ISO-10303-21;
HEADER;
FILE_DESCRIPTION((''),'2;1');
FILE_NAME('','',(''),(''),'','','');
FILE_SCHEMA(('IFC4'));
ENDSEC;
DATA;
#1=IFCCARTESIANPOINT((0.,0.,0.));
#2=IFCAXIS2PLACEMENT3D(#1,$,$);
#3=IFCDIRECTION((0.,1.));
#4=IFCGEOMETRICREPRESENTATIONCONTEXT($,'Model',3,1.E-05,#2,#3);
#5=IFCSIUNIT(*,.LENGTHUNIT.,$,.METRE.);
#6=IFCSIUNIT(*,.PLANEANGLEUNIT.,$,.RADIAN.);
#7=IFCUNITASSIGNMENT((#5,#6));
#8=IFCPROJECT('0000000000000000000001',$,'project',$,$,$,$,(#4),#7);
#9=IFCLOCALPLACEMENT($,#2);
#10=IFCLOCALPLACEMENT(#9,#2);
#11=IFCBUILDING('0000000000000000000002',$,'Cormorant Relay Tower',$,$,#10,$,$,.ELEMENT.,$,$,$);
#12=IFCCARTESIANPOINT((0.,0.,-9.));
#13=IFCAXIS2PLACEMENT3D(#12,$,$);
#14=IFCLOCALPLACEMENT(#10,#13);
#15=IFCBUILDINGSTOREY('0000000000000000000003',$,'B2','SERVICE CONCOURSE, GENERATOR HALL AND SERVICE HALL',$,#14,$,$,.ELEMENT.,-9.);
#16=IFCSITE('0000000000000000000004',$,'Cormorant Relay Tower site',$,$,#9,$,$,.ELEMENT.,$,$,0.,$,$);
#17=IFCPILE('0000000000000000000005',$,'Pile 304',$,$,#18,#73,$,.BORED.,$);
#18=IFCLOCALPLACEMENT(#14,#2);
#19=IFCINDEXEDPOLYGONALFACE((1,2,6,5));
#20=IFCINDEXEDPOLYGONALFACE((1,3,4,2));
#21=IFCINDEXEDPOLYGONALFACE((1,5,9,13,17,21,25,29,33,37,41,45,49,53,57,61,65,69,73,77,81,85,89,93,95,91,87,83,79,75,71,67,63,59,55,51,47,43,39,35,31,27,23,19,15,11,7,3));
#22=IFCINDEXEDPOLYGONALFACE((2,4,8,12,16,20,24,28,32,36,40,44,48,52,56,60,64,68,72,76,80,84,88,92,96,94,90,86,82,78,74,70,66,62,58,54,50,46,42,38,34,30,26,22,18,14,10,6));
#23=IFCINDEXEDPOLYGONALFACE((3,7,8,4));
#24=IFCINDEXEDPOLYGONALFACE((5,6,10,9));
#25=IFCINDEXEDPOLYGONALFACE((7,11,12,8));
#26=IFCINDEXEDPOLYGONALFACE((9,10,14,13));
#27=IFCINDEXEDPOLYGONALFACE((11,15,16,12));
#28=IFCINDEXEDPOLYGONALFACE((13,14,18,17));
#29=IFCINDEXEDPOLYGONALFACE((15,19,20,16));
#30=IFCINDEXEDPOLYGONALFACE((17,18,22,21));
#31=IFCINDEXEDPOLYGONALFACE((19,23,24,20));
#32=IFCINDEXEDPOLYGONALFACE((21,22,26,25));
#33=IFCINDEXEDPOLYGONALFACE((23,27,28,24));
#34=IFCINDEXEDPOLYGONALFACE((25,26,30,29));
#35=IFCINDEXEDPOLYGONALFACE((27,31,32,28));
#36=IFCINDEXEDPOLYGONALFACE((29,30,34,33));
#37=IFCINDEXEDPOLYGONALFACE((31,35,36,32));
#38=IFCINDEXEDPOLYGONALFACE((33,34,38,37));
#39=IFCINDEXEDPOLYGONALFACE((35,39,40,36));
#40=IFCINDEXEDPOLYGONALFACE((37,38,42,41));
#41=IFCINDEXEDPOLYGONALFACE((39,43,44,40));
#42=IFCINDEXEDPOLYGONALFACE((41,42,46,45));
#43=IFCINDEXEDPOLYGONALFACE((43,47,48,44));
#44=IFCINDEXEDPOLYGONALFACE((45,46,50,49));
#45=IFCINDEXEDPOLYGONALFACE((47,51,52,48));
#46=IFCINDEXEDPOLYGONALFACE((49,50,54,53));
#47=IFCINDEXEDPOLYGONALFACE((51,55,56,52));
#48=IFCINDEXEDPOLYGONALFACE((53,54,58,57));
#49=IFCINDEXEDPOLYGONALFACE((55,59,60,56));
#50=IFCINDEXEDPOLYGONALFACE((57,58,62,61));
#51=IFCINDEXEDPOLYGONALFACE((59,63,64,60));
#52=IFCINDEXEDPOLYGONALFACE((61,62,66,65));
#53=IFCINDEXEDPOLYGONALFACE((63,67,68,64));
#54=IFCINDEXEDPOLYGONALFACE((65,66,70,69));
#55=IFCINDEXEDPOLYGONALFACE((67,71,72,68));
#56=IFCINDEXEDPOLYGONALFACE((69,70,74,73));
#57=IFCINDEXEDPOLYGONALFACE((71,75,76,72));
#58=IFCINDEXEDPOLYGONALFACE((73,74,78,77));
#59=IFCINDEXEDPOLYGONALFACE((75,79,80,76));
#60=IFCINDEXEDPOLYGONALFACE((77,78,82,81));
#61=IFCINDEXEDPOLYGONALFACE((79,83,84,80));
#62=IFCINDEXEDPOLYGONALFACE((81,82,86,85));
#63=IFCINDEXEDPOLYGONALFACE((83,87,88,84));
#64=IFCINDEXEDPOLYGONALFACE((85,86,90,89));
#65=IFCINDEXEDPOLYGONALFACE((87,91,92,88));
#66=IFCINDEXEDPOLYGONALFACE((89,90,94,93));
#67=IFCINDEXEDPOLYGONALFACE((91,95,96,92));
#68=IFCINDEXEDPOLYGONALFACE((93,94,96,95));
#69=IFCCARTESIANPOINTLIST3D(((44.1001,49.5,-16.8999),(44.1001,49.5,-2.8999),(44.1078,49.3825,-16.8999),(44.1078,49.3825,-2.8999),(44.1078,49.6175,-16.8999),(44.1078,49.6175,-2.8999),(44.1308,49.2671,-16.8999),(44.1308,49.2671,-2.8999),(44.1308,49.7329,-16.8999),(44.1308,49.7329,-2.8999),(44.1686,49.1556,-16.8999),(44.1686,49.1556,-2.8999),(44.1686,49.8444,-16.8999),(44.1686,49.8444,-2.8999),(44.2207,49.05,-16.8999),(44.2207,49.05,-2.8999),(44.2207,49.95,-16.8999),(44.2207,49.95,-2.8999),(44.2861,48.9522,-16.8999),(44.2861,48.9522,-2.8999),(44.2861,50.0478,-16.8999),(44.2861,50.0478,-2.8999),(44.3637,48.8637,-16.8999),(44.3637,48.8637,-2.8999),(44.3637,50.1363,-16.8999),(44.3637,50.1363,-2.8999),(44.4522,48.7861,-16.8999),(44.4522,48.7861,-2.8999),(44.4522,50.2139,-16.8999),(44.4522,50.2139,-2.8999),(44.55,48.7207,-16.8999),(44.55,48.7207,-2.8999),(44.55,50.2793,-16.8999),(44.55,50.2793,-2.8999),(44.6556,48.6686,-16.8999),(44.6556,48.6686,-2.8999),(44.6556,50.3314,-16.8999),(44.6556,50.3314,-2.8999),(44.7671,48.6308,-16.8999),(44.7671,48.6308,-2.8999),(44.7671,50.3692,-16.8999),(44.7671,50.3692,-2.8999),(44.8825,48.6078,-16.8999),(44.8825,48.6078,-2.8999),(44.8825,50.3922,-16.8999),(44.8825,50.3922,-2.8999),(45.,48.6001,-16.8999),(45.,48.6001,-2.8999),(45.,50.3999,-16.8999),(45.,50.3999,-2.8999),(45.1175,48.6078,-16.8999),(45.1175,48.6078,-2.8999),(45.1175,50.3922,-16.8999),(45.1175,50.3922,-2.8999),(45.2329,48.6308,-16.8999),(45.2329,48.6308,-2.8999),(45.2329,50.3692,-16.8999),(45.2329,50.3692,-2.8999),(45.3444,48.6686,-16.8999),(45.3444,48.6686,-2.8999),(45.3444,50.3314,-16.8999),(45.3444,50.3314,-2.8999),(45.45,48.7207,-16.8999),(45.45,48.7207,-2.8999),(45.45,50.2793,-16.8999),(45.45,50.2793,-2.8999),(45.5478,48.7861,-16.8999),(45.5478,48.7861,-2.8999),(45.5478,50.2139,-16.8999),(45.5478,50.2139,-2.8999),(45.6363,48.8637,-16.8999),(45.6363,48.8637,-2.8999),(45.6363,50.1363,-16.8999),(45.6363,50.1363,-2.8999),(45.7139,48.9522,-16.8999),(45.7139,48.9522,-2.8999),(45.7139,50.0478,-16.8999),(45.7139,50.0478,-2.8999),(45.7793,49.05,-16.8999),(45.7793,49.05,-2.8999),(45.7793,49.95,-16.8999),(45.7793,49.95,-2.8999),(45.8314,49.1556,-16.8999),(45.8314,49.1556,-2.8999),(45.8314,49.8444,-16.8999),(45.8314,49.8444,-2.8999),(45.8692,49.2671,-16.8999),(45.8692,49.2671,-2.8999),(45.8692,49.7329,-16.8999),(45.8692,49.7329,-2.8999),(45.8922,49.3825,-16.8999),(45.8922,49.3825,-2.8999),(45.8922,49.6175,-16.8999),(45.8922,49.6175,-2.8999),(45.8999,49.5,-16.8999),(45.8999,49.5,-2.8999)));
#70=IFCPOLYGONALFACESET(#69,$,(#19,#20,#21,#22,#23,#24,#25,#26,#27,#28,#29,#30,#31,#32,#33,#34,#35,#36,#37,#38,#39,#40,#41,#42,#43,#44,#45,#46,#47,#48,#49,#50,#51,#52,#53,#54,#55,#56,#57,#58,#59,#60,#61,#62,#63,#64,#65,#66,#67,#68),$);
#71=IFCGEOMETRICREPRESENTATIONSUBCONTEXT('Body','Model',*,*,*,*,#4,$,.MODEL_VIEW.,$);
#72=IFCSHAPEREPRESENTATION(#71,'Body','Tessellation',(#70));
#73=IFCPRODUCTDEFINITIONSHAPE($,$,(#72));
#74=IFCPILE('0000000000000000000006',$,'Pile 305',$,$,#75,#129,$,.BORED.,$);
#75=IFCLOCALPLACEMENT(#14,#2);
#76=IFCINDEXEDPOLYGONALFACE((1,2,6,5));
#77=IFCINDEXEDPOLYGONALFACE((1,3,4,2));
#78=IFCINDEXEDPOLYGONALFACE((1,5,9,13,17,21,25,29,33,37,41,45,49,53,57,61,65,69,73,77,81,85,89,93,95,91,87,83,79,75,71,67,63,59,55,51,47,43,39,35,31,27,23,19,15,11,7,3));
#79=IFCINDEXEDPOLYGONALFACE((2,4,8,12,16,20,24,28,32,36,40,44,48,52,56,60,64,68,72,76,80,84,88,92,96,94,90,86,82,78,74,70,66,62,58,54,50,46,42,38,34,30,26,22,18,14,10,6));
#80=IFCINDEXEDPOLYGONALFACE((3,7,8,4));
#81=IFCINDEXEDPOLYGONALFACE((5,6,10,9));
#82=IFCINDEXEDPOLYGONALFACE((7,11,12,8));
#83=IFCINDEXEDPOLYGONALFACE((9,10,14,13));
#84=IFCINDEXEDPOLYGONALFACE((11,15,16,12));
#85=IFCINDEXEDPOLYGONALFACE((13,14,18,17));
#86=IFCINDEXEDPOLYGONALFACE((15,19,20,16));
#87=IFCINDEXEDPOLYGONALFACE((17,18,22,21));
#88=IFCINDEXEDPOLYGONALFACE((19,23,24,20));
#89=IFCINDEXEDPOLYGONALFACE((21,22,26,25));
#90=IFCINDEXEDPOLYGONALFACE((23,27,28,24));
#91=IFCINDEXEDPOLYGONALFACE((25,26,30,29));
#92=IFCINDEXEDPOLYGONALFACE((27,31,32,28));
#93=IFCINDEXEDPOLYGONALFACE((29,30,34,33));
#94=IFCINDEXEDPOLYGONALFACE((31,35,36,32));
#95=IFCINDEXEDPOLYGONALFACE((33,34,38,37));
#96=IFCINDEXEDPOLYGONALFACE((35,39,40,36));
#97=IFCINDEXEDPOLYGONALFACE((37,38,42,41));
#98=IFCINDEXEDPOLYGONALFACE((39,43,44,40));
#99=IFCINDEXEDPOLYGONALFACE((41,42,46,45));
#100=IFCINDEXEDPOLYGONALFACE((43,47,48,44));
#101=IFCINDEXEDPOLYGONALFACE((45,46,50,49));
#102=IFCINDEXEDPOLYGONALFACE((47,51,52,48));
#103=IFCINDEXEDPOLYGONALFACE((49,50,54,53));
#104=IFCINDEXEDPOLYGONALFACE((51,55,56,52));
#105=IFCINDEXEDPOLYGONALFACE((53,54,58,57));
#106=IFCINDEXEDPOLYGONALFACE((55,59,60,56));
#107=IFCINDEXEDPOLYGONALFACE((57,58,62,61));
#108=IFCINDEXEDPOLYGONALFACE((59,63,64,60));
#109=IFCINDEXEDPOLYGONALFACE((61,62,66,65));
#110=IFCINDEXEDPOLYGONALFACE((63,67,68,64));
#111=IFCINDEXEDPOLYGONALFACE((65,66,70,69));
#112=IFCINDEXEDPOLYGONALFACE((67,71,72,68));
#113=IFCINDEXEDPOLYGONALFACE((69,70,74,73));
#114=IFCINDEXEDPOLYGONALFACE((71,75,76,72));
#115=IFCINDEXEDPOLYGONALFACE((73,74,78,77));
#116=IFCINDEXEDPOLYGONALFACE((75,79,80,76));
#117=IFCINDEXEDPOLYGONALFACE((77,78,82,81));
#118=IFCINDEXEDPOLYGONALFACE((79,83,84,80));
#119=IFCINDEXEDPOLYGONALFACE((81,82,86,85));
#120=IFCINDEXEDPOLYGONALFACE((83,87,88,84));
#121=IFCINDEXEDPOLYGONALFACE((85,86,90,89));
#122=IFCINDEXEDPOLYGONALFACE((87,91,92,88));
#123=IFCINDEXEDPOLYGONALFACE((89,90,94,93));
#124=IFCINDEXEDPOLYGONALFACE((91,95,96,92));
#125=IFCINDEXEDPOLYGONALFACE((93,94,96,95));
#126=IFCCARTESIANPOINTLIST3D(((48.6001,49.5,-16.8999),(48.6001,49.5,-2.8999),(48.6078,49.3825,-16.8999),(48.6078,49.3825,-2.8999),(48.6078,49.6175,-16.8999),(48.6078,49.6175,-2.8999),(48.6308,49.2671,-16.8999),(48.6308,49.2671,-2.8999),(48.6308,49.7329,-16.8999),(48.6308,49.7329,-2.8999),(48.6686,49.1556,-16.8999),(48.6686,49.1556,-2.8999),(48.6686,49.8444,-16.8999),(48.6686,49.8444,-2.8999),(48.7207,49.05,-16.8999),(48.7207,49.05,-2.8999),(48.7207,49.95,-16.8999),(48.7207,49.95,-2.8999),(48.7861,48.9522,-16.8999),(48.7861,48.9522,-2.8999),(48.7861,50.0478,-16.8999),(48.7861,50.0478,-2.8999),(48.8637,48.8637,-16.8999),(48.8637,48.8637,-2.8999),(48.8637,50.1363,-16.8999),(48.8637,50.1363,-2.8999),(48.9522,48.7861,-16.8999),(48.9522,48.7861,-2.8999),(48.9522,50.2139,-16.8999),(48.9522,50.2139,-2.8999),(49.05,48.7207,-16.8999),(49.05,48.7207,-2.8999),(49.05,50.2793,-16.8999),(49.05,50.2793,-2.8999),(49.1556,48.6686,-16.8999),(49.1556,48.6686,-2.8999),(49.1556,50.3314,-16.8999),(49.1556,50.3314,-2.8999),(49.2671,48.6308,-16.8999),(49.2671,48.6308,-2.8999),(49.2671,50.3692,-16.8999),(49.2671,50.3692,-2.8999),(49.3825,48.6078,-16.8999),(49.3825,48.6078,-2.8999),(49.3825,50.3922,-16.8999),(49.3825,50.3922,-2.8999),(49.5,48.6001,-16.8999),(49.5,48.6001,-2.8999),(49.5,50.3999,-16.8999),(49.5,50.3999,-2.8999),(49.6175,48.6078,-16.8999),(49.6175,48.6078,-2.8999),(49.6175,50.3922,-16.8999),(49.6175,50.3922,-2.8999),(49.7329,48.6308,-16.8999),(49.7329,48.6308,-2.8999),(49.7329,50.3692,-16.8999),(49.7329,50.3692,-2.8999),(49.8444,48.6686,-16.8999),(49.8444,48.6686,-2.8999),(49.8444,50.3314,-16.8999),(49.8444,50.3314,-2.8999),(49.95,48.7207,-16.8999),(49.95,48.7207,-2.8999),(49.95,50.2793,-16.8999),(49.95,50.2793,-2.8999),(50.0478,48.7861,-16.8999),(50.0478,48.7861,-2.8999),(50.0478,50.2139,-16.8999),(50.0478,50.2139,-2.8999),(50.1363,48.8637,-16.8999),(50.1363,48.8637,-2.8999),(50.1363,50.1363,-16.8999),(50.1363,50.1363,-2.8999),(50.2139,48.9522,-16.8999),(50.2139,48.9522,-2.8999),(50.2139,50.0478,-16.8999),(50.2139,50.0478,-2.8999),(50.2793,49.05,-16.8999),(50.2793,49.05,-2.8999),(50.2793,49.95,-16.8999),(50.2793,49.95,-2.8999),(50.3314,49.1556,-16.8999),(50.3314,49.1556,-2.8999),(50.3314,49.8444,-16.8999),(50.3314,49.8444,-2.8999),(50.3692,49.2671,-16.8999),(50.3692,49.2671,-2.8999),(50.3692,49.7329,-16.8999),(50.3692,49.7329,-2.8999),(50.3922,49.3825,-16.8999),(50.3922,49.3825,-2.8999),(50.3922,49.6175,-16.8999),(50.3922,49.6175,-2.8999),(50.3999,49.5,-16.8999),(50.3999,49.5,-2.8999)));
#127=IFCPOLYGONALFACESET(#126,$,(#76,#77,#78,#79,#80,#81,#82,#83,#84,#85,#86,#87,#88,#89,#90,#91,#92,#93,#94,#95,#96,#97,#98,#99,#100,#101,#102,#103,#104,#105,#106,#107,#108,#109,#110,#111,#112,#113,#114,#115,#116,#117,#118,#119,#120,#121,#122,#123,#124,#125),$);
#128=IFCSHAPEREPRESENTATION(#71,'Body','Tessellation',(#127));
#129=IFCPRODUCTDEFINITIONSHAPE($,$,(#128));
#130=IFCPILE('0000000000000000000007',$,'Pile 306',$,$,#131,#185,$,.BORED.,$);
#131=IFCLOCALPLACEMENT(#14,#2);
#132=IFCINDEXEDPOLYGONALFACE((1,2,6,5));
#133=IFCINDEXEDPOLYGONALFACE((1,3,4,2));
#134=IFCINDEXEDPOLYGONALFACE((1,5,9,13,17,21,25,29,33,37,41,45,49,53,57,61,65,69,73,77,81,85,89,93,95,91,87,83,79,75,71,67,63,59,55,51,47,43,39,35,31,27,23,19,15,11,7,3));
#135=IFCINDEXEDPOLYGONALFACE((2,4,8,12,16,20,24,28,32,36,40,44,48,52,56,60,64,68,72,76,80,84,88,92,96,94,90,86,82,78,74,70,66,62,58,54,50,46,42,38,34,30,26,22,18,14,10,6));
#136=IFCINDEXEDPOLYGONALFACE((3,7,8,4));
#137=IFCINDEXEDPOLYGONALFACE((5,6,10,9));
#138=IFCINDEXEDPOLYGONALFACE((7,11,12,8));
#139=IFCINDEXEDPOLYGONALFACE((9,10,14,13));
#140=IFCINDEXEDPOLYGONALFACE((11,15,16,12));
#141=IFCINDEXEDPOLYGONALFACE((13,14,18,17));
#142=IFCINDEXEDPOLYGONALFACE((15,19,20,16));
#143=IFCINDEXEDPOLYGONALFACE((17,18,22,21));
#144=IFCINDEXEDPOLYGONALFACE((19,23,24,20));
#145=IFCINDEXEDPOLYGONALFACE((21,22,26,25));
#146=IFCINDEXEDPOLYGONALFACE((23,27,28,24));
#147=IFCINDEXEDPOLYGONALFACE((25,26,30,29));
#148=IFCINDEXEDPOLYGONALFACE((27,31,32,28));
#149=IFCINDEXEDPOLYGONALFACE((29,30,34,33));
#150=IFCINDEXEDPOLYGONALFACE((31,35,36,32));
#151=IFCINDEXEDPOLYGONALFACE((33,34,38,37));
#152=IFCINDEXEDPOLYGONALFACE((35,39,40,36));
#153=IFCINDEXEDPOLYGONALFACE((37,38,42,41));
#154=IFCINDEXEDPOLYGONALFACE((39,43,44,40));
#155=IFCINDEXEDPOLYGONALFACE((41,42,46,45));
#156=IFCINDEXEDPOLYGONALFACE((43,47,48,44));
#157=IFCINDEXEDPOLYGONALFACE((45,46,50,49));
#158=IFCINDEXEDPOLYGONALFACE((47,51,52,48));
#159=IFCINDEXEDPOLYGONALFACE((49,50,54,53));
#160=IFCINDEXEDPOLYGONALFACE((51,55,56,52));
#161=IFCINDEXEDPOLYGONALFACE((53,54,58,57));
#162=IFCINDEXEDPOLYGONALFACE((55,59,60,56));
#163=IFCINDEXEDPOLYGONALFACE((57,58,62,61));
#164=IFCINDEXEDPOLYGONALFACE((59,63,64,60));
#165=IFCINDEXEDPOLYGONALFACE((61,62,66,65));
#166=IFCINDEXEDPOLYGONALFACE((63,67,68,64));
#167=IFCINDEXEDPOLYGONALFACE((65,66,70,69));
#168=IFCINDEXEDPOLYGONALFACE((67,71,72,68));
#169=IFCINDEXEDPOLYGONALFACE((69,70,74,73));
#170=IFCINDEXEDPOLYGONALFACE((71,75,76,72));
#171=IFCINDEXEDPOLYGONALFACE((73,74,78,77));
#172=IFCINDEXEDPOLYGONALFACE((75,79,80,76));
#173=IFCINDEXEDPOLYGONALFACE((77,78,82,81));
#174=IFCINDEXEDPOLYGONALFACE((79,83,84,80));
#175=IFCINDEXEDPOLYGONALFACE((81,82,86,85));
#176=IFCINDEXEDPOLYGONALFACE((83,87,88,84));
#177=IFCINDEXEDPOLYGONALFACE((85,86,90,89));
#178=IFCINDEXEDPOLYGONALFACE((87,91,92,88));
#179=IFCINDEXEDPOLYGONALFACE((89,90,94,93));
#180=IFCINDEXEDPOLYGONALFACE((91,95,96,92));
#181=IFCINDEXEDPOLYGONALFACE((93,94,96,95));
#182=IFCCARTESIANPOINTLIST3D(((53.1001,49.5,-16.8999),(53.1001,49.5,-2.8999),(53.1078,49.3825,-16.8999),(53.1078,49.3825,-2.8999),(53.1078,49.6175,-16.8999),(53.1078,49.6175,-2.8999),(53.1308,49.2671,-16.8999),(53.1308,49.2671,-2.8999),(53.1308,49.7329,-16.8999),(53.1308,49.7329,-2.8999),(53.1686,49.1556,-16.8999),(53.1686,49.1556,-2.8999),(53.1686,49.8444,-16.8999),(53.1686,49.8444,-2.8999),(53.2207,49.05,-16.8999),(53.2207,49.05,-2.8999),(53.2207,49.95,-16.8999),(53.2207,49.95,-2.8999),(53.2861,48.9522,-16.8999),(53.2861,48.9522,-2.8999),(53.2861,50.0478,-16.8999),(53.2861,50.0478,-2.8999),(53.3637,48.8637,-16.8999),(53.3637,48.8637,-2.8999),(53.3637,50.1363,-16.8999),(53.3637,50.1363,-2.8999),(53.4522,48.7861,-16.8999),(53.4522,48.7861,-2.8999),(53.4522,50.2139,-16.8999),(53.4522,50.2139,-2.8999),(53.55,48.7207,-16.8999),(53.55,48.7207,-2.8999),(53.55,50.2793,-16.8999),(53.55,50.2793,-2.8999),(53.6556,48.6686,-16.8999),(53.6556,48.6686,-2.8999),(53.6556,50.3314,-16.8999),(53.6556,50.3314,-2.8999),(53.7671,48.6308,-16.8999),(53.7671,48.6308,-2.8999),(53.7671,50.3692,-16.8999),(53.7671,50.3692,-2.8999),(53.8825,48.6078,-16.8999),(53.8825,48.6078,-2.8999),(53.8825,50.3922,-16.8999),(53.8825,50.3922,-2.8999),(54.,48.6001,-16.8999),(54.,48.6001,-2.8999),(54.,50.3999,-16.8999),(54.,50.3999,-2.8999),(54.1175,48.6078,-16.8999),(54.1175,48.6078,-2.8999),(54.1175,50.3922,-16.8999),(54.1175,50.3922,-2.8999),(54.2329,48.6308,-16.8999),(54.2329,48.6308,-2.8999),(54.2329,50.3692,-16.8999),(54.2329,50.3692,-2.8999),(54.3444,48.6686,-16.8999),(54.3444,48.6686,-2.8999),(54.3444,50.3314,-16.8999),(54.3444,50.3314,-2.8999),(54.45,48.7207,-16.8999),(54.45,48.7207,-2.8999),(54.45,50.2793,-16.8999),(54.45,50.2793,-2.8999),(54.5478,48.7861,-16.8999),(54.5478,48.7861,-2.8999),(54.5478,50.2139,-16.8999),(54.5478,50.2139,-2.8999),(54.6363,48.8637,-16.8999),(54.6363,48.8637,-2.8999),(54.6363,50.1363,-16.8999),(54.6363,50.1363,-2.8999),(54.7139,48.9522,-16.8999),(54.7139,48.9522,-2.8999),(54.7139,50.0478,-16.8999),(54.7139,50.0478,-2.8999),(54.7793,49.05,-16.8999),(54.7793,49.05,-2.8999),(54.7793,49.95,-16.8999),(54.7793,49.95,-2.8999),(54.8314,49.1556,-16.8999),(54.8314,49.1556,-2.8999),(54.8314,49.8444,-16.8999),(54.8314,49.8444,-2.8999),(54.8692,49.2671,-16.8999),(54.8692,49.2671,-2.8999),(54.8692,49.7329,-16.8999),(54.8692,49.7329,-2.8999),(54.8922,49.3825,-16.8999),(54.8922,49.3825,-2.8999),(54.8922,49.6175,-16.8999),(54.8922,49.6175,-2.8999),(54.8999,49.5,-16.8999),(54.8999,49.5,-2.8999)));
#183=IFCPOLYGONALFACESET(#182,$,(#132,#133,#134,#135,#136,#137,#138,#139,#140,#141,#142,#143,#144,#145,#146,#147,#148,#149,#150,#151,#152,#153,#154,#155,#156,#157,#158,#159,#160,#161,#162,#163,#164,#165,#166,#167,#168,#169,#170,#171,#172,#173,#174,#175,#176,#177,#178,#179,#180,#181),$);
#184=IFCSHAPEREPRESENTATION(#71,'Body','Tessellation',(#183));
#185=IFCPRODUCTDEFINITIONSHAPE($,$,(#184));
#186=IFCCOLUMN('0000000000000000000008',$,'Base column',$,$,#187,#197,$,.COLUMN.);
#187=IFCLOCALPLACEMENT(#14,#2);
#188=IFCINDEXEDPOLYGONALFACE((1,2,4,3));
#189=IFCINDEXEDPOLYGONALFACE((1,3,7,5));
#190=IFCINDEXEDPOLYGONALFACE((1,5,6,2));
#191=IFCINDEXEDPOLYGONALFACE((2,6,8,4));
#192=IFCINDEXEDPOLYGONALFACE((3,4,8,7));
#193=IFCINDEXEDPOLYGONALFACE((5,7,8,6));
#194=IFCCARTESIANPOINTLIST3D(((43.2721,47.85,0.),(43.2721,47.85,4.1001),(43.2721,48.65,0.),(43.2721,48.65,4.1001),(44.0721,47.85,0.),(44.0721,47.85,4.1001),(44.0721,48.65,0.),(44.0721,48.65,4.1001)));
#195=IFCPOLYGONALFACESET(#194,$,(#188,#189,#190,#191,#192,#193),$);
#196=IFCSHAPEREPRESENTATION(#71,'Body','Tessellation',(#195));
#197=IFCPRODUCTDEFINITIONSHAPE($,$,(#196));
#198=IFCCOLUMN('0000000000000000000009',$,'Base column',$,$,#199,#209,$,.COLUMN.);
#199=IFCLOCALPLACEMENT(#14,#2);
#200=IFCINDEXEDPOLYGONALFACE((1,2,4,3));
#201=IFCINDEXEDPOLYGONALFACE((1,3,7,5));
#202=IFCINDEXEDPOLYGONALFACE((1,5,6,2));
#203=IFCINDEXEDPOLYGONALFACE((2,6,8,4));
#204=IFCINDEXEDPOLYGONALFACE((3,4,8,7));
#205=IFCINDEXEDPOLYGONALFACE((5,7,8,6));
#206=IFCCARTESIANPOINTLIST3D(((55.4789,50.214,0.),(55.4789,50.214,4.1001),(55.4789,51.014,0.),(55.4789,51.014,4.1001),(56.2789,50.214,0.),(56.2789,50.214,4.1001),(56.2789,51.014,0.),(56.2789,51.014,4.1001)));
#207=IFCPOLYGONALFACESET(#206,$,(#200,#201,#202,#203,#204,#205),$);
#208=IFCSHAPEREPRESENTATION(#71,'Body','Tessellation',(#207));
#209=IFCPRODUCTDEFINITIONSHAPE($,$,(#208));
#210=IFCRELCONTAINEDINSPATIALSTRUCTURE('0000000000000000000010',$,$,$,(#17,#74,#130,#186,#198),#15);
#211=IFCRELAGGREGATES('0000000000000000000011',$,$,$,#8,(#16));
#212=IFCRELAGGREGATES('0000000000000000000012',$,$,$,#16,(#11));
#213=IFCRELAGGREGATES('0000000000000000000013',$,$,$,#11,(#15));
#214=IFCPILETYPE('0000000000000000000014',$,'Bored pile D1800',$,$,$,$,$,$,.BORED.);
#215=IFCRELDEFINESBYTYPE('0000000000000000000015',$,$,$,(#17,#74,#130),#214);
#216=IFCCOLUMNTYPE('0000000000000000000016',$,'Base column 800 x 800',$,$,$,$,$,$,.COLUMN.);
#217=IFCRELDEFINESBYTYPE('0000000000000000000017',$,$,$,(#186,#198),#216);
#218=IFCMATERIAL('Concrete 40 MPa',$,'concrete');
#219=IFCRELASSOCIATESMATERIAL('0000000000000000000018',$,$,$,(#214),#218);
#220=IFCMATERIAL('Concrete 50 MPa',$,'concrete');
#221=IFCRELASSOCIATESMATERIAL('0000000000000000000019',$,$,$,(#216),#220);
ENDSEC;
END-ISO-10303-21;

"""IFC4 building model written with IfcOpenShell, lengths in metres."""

from ifc_helpers import new_model, si_unit, direction, frame, origin, origin_2d, place, context, subcontext, project, spatial, rectangle, circle, extrude, material, material_profile, profile_set, type_object, element, save


model = new_model("IFC4")

# Units and contexts
model_context = context("Model", 3, precision=1e-05, world=origin(), true_north=direction((0.0, 1.0)))
body_context = subcontext(model_context, "Body", "Model", "MODEL_VIEW")
ifc_project = project(units=[si_unit("LENGTHUNIT", "METRE"), si_unit("PLANEANGLEUNIT", "RADIAN")], contexts=[model_context])

# Site, building, storey
site_placement = place(None, origin())
site = spatial("IfcSite", under=ifc_project, at=site_placement, Name="Cormorant Relay Tower site", CompositionType="ELEMENT", RefElevation=0.0)
building_placement = place(site_placement, origin())
building = spatial("IfcBuilding", under=site, at=building_placement, Name="Cormorant Relay Tower", CompositionType="ELEMENT")
storey_placement = place(building_placement, frame((0.0, 0.0, -9.0)))
storey = spatial("IfcBuildingStorey", under=building, at=storey_placement, Name="B2", Description="SERVICE CONCOURSE, GENERATOR HALL AND SERVICE HALL", CompositionType="ELEMENT", Elevation=-9.0)

# Piles
ifc_material_1 = material(Name="Concrete 40 MPa", Category="concrete")
ifc_material_profile_1 = material_profile(ifc_material_1, circle(Radius=0.8999, at=origin_2d()), Name="BP1800")
ifc_profile_set_1 = profile_set([ifc_material_profile_1], Name="Concrete 40 MPa")
pile_type = type_object("IfcPileType", Name="Bored pile D1800", PredefinedType="BORED", material=ifc_profile_set_1)
for number, where, z_axis, x_axis, name in (
    (1, (45.0, 49.5, -2.8999), (0.0, 0.0, -1.0), (1.0, 0.0, 0.0), "Pile 304"),
    (2, (49.5, 49.5, -2.8999), (0.0, 0.0, -1.0), (1.0, 0.0, 0.0), "Pile 305"),
    (3, (54.0, 49.5, -2.8999), (0.0, 0.0, -1.0), (1.0, 0.0, 0.0), "Pile 306"),
):
    element("IfcPile", number, at=place(storey_placement, frame(where, z_axis=z_axis, x_axis=x_axis)), inside=storey, type_object=pile_type, Name=name, PredefinedType="BORED", context=body_context, shape_type="SweptSolid", body=[
        extrude(circle(Radius=0.8999, at=origin_2d()), origin(), (0.0, 0.0, 1.0), 14.0),
    ])

# Columns
ifc_material_2 = material(Name="Concrete 50 MPa", Category="concrete")
ifc_material_profile_2 = material_profile(ifc_material_2, rectangle(XDim=0.8, YDim=0.8, at=origin_2d()), Name="RC 800x800")
ifc_profile_set_2 = profile_set([ifc_material_profile_2], Name="Concrete 50 MPa")
column_type_1 = type_object("IfcColumnType", Name="Base column 800 x 800", PredefinedType="COLUMN", material=ifc_profile_set_2)
for number, where, z_axis, x_axis, name in (
    (4, (43.6721, 48.25, 0.0), (0.0, 0.0, 1.0), (1.0, 0.0, 0.0), "Base column"),
    (5, (55.8789, 50.614, 0.0), (0.0, 0.0, 1.0), (1.0, 0.0, 0.0), "Base column"),
):
    element("IfcColumn", number, at=place(storey_placement, frame(where, z_axis=z_axis, x_axis=x_axis)), inside=storey, type_object=column_type_1, Name=name, PredefinedType="COLUMN", context=body_context, shape_type="SweptSolid", body=[
        extrude(rectangle(XDim=0.8, YDim=0.8, at=origin_2d()), origin(), (0.0, 0.0, 1.0), 4.1001),
    ])

save(model, "model.ifc")
